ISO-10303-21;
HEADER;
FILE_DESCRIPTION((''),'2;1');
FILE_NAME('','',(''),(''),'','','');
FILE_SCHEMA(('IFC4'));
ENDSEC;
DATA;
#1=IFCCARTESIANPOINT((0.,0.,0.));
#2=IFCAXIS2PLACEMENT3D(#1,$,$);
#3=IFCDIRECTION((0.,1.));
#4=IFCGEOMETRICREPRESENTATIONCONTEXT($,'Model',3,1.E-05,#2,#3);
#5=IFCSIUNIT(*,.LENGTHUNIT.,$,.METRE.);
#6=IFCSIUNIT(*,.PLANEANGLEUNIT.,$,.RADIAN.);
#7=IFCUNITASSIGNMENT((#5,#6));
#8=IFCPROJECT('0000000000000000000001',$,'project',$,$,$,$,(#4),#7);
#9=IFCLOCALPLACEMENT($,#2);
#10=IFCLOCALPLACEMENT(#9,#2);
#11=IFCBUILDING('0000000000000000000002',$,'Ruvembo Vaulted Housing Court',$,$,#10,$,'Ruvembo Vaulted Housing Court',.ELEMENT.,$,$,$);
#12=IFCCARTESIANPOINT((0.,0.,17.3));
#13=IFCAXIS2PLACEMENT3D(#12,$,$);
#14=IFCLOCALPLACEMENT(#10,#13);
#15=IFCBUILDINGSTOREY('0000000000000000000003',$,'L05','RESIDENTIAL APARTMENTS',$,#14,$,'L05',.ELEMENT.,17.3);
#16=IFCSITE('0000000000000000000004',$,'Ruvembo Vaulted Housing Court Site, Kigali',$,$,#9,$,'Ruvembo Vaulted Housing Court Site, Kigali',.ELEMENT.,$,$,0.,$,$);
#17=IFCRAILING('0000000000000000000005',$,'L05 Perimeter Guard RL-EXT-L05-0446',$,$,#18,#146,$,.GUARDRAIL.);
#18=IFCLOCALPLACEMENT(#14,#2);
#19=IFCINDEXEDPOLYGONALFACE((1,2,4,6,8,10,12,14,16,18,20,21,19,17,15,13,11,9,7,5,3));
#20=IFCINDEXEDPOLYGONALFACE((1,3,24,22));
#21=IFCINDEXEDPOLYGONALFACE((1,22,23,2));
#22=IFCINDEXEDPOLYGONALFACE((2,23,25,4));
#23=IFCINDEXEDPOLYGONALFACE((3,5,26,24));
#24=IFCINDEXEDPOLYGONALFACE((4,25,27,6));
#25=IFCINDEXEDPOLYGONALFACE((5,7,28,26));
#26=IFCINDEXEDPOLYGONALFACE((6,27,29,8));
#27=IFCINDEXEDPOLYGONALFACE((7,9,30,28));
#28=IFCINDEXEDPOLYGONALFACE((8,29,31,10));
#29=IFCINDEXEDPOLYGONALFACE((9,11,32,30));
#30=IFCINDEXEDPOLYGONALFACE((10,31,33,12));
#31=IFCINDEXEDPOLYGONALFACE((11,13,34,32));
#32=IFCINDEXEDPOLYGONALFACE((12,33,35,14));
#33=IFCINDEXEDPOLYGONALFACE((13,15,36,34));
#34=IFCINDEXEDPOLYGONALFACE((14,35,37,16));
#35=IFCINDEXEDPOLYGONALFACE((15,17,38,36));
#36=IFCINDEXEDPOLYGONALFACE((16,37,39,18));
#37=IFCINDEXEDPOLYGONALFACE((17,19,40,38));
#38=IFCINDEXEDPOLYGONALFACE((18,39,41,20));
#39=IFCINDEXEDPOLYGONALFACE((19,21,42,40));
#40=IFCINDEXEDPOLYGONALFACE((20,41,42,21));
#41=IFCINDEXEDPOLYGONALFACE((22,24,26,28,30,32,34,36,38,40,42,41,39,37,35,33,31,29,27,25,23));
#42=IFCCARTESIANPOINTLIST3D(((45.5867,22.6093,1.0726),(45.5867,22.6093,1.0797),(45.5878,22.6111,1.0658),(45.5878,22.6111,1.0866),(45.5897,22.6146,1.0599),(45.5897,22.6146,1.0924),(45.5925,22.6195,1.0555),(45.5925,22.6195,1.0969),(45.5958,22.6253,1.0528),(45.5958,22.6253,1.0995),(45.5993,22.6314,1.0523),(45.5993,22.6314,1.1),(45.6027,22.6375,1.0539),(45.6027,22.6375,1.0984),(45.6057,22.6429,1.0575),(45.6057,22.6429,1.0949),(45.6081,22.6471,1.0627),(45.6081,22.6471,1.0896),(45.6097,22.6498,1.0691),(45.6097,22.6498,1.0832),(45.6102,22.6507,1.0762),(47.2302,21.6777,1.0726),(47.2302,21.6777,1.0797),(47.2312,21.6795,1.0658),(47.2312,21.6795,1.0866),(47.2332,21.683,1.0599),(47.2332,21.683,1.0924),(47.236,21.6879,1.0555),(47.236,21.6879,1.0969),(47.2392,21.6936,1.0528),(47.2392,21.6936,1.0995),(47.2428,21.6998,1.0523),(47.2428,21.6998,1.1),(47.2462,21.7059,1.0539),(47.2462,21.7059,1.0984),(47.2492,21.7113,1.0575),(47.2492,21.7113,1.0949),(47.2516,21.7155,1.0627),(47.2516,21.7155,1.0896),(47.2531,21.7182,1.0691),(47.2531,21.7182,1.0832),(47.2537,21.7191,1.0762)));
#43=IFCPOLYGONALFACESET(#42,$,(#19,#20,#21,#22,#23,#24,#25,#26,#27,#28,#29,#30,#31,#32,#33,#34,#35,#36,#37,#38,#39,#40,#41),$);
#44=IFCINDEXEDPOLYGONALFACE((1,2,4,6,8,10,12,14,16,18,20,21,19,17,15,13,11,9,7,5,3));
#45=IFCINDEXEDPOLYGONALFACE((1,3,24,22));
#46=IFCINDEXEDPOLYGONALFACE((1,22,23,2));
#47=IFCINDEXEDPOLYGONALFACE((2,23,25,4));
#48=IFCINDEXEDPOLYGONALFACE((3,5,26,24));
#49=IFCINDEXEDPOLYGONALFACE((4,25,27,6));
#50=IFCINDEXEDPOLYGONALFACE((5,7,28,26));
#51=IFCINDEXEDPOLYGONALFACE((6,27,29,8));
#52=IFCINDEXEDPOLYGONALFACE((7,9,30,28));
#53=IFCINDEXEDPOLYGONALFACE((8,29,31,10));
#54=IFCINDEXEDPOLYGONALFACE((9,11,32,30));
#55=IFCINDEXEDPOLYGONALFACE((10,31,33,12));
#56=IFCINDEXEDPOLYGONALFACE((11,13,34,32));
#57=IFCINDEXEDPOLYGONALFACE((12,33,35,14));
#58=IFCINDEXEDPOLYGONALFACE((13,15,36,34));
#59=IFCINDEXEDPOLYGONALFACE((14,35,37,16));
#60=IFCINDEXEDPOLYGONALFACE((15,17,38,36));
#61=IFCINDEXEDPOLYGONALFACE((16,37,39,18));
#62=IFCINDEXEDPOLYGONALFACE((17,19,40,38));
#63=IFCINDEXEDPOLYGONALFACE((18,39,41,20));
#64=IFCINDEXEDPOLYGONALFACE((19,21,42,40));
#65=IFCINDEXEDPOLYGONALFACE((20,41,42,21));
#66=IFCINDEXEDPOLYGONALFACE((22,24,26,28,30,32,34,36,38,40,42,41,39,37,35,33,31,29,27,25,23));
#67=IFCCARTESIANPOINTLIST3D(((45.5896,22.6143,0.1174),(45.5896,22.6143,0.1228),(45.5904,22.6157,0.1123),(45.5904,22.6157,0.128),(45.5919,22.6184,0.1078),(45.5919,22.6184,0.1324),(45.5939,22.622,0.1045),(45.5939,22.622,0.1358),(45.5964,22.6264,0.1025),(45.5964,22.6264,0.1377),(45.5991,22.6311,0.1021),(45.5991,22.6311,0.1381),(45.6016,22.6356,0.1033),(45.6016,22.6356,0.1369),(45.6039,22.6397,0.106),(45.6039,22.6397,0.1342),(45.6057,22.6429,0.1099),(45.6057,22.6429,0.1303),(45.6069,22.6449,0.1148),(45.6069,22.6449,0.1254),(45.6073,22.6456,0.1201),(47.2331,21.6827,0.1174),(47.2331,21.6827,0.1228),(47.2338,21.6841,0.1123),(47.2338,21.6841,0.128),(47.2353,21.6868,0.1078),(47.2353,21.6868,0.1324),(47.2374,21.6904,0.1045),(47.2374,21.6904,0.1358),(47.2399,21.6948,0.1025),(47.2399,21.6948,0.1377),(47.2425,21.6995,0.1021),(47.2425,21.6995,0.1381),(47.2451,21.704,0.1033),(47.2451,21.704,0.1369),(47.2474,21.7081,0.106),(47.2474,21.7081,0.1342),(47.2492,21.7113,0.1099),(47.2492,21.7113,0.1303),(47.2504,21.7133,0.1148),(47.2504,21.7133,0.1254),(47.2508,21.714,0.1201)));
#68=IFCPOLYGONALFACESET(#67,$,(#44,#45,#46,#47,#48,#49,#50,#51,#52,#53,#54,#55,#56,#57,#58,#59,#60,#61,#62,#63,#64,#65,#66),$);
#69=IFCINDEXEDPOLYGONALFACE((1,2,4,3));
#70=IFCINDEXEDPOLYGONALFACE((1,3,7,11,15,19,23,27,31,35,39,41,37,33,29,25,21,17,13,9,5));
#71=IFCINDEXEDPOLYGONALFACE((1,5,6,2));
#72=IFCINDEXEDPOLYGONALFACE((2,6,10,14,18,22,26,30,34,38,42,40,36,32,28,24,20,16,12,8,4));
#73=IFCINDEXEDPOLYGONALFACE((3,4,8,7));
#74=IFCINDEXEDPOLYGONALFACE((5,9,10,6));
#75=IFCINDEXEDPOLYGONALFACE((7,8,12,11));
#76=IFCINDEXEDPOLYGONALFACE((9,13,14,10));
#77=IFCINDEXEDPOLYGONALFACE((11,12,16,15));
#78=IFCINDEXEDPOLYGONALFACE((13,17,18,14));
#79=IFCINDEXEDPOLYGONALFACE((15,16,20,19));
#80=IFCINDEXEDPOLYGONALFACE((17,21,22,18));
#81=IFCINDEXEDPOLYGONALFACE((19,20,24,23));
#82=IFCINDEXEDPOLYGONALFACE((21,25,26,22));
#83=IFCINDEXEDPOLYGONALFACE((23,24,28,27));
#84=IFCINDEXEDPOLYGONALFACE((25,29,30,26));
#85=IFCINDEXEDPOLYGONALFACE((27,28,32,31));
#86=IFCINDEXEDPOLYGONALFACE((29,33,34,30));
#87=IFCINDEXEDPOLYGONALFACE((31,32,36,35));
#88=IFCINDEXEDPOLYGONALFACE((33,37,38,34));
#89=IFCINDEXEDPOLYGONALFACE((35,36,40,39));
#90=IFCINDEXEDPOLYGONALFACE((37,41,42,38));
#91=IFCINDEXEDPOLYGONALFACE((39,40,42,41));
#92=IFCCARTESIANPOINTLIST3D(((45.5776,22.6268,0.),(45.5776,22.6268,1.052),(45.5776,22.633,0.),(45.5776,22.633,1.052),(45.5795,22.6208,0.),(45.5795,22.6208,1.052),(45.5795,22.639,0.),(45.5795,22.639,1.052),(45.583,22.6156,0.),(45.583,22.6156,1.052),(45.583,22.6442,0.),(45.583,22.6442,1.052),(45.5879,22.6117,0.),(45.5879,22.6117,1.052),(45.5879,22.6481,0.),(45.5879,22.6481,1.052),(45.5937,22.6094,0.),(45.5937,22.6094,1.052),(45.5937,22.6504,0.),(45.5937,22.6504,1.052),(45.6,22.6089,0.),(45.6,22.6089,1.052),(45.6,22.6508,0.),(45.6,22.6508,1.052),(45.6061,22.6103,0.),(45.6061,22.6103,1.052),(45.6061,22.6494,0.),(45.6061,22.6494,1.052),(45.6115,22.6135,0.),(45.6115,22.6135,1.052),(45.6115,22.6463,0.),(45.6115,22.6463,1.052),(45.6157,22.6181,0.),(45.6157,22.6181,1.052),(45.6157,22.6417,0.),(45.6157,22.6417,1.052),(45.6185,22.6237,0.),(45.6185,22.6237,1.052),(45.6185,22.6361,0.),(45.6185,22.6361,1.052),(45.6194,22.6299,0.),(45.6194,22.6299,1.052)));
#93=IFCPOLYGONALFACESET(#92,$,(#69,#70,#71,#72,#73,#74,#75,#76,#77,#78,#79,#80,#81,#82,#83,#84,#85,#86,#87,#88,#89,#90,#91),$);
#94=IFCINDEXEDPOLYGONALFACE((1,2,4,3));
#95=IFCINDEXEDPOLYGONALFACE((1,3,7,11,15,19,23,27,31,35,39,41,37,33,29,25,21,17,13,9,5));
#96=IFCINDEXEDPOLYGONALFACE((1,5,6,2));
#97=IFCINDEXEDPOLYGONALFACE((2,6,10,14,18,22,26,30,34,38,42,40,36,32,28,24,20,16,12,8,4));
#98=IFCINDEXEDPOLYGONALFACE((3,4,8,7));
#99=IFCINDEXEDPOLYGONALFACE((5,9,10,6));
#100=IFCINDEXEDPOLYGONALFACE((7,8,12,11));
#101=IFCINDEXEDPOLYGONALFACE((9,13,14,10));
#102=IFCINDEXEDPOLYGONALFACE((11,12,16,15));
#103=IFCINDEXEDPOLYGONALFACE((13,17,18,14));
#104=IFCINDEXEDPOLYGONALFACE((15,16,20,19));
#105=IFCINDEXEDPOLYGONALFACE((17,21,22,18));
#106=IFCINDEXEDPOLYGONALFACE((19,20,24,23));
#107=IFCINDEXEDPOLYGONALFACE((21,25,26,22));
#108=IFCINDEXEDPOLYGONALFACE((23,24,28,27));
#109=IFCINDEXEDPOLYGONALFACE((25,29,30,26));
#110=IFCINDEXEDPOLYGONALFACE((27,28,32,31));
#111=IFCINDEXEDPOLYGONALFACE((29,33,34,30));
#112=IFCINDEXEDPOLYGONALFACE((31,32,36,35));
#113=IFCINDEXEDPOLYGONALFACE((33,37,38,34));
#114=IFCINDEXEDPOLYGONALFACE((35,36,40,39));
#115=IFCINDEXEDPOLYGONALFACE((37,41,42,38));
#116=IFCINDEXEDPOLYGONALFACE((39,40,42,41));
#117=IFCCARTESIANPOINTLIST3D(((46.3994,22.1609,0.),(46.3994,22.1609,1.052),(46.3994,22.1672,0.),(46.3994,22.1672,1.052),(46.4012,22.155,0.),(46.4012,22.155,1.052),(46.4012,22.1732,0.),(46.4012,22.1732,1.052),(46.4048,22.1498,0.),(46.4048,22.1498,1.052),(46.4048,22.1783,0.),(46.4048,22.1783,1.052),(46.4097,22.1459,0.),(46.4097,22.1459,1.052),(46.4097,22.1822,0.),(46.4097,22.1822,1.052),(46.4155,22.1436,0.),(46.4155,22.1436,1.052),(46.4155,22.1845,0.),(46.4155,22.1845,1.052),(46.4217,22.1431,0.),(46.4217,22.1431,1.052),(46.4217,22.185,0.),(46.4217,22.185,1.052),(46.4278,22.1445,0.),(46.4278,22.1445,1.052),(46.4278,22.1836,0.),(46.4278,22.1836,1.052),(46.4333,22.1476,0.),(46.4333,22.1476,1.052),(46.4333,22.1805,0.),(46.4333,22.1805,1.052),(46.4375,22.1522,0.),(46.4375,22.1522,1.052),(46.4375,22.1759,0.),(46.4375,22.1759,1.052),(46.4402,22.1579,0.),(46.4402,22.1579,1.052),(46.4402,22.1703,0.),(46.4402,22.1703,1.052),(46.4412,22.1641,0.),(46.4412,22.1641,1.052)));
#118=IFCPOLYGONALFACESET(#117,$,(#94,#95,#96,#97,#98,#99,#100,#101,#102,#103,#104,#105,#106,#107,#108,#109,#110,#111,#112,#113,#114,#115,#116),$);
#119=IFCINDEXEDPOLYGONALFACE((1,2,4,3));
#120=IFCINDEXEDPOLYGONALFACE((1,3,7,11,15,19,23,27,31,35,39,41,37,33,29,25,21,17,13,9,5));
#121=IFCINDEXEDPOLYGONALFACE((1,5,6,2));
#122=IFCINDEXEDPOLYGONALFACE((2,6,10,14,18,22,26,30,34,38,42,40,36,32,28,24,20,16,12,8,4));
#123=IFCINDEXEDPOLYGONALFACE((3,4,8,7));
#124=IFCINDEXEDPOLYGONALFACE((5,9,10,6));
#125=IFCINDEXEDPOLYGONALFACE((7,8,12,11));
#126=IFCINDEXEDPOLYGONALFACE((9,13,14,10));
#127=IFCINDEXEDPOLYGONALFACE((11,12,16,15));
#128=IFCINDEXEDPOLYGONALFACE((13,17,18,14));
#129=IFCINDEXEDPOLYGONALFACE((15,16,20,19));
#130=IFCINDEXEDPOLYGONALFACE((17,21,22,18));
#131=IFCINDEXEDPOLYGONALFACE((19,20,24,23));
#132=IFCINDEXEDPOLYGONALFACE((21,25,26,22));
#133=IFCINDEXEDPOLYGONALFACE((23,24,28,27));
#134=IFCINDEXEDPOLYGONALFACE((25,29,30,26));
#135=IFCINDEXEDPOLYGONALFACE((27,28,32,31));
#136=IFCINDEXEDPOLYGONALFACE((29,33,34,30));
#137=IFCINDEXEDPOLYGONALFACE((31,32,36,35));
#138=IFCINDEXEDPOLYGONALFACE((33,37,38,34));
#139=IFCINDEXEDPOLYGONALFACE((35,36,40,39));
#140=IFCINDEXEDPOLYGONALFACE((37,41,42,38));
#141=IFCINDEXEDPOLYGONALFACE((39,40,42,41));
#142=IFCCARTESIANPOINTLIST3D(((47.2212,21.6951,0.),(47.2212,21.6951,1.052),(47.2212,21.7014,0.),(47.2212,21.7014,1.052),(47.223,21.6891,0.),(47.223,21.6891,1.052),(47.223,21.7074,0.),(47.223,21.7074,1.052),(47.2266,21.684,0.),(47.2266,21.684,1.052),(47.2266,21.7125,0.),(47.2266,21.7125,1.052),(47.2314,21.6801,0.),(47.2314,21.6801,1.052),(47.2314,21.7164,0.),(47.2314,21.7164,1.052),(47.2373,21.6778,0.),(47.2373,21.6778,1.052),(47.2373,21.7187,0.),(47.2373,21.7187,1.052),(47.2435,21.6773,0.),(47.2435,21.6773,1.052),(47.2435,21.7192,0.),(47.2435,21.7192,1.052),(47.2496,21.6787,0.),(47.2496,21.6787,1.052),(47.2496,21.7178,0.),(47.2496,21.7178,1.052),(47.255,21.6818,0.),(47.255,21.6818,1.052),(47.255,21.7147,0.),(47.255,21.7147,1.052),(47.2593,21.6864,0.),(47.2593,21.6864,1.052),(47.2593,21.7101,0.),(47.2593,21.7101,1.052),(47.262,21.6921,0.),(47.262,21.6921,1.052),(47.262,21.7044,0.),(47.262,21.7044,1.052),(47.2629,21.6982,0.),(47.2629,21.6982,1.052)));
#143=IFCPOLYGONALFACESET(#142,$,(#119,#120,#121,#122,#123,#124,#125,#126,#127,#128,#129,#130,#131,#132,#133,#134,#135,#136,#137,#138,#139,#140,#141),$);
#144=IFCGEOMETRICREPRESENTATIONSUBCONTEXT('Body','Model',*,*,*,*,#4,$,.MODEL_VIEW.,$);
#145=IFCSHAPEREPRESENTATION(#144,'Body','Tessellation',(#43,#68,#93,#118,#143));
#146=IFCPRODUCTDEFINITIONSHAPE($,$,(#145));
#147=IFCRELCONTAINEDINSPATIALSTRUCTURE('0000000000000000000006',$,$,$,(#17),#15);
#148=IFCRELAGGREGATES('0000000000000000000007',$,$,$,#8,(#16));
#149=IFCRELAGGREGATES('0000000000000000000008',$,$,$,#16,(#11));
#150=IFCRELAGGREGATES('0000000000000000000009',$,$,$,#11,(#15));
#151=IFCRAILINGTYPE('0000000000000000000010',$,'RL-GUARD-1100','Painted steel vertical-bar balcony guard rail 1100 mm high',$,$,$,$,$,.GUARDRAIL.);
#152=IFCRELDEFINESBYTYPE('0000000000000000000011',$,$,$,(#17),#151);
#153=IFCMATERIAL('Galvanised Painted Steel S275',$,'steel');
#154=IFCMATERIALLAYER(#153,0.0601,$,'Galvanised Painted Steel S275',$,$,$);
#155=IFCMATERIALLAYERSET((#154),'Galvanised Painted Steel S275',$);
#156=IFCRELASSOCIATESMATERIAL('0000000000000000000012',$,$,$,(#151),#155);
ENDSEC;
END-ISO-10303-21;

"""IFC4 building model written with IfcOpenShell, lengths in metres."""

from ifc_helpers import new_model, si_unit, direction, frame, origin, origin_2d, place, context, subcontext, project, spatial, circle, extrude, material, layer, layer_set, type_object, element, save


model = new_model("IFC4")

# Units and contexts
model_context = context("Model", 3, precision=1e-05, world=origin(), true_north=direction((0.0, 1.0)))
body_context = subcontext(model_context, "Body", "Model", "MODEL_VIEW")
ifc_project = project(units=[si_unit("LENGTHUNIT", "METRE"), si_unit("PLANEANGLEUNIT", "RADIAN")], contexts=[model_context])

# Site, building, storey
site_placement = place(None, origin())
site = spatial("IfcSite", under=ifc_project, at=site_placement, Name="Ruvembo Vaulted Housing Court Site, Kigali", LongName="Ruvembo Vaulted Housing Court Site, Kigali", CompositionType="ELEMENT", RefElevation=0.0)
building_placement = place(site_placement, origin())
building = spatial("IfcBuilding", under=site, at=building_placement, Name="Ruvembo Vaulted Housing Court", LongName="Ruvembo Vaulted Housing Court", CompositionType="ELEMENT")
storey_placement = place(building_placement, frame((0.0, 0.0, 17.3)))
storey = spatial("IfcBuildingStorey", under=building, at=storey_placement, Name="L05", Description="RESIDENTIAL APARTMENTS", LongName="L05", CompositionType="ELEMENT", Elevation=17.3)

# Railing
ifc_material_1 = material(Name="Galvanised Painted Steel S275", Category="steel")
ifc_layer = layer(ifc_material_1, 0.0601, Name="Galvanised Painted Steel S275")
ifc_layer_set = layer_set([ifc_layer], Name="Galvanised Painted Steel S275")
railing_type = type_object("IfcRailingType", Name="RL-GUARD-1100", Description="Painted steel vertical-bar balcony guard rail 1100 mm high", PredefinedType="GUARDRAIL", material=ifc_layer_set)
railing_1_placement = place(storey_placement, frame((45.5984, 22.6299, 0.0)))
element("IfcRailing", 1, at=railing_1_placement, inside=storey, type_object=railing_type, Name="L05 Perimeter Guard RL-EXT-L05-0446", PredefinedType="GUARDRAIL", context=body_context, shape_type="SweptSolid", body=[
    extrude(circle(Radius=0.0239, at=origin_2d()), frame((0.0, 0.0, 1.0762), z_axis=(0.869956, -0.49313, 0.0), x_axis=(0.49313, 0.869956, 0.0)), (0.0, 0.0, 1.0), 1.8892),
    extrude(circle(Radius=0.0181, at=origin_2d()), frame((0.0, 0.0, 0.1201), z_axis=(0.869956, -0.49313, 0.0), x_axis=(0.49313, 0.869956, 0.0)), (0.0, 0.0, 1.0), 1.8892),
    extrude(circle(Radius=0.021, at=origin_2d()), origin(), (0.0, 0.0, 1.0), 1.052),
    extrude(circle(Radius=0.021, at=origin_2d()), frame((0.8218, -0.4658, 0.0)), (0.0, 0.0, 1.0), 1.052),
    extrude(circle(Radius=0.021, at=origin_2d()), frame((1.6436, -0.9316, 0.0)), (0.0, 0.0, 1.0), 1.052),
])

save(model, "model.ifc")
